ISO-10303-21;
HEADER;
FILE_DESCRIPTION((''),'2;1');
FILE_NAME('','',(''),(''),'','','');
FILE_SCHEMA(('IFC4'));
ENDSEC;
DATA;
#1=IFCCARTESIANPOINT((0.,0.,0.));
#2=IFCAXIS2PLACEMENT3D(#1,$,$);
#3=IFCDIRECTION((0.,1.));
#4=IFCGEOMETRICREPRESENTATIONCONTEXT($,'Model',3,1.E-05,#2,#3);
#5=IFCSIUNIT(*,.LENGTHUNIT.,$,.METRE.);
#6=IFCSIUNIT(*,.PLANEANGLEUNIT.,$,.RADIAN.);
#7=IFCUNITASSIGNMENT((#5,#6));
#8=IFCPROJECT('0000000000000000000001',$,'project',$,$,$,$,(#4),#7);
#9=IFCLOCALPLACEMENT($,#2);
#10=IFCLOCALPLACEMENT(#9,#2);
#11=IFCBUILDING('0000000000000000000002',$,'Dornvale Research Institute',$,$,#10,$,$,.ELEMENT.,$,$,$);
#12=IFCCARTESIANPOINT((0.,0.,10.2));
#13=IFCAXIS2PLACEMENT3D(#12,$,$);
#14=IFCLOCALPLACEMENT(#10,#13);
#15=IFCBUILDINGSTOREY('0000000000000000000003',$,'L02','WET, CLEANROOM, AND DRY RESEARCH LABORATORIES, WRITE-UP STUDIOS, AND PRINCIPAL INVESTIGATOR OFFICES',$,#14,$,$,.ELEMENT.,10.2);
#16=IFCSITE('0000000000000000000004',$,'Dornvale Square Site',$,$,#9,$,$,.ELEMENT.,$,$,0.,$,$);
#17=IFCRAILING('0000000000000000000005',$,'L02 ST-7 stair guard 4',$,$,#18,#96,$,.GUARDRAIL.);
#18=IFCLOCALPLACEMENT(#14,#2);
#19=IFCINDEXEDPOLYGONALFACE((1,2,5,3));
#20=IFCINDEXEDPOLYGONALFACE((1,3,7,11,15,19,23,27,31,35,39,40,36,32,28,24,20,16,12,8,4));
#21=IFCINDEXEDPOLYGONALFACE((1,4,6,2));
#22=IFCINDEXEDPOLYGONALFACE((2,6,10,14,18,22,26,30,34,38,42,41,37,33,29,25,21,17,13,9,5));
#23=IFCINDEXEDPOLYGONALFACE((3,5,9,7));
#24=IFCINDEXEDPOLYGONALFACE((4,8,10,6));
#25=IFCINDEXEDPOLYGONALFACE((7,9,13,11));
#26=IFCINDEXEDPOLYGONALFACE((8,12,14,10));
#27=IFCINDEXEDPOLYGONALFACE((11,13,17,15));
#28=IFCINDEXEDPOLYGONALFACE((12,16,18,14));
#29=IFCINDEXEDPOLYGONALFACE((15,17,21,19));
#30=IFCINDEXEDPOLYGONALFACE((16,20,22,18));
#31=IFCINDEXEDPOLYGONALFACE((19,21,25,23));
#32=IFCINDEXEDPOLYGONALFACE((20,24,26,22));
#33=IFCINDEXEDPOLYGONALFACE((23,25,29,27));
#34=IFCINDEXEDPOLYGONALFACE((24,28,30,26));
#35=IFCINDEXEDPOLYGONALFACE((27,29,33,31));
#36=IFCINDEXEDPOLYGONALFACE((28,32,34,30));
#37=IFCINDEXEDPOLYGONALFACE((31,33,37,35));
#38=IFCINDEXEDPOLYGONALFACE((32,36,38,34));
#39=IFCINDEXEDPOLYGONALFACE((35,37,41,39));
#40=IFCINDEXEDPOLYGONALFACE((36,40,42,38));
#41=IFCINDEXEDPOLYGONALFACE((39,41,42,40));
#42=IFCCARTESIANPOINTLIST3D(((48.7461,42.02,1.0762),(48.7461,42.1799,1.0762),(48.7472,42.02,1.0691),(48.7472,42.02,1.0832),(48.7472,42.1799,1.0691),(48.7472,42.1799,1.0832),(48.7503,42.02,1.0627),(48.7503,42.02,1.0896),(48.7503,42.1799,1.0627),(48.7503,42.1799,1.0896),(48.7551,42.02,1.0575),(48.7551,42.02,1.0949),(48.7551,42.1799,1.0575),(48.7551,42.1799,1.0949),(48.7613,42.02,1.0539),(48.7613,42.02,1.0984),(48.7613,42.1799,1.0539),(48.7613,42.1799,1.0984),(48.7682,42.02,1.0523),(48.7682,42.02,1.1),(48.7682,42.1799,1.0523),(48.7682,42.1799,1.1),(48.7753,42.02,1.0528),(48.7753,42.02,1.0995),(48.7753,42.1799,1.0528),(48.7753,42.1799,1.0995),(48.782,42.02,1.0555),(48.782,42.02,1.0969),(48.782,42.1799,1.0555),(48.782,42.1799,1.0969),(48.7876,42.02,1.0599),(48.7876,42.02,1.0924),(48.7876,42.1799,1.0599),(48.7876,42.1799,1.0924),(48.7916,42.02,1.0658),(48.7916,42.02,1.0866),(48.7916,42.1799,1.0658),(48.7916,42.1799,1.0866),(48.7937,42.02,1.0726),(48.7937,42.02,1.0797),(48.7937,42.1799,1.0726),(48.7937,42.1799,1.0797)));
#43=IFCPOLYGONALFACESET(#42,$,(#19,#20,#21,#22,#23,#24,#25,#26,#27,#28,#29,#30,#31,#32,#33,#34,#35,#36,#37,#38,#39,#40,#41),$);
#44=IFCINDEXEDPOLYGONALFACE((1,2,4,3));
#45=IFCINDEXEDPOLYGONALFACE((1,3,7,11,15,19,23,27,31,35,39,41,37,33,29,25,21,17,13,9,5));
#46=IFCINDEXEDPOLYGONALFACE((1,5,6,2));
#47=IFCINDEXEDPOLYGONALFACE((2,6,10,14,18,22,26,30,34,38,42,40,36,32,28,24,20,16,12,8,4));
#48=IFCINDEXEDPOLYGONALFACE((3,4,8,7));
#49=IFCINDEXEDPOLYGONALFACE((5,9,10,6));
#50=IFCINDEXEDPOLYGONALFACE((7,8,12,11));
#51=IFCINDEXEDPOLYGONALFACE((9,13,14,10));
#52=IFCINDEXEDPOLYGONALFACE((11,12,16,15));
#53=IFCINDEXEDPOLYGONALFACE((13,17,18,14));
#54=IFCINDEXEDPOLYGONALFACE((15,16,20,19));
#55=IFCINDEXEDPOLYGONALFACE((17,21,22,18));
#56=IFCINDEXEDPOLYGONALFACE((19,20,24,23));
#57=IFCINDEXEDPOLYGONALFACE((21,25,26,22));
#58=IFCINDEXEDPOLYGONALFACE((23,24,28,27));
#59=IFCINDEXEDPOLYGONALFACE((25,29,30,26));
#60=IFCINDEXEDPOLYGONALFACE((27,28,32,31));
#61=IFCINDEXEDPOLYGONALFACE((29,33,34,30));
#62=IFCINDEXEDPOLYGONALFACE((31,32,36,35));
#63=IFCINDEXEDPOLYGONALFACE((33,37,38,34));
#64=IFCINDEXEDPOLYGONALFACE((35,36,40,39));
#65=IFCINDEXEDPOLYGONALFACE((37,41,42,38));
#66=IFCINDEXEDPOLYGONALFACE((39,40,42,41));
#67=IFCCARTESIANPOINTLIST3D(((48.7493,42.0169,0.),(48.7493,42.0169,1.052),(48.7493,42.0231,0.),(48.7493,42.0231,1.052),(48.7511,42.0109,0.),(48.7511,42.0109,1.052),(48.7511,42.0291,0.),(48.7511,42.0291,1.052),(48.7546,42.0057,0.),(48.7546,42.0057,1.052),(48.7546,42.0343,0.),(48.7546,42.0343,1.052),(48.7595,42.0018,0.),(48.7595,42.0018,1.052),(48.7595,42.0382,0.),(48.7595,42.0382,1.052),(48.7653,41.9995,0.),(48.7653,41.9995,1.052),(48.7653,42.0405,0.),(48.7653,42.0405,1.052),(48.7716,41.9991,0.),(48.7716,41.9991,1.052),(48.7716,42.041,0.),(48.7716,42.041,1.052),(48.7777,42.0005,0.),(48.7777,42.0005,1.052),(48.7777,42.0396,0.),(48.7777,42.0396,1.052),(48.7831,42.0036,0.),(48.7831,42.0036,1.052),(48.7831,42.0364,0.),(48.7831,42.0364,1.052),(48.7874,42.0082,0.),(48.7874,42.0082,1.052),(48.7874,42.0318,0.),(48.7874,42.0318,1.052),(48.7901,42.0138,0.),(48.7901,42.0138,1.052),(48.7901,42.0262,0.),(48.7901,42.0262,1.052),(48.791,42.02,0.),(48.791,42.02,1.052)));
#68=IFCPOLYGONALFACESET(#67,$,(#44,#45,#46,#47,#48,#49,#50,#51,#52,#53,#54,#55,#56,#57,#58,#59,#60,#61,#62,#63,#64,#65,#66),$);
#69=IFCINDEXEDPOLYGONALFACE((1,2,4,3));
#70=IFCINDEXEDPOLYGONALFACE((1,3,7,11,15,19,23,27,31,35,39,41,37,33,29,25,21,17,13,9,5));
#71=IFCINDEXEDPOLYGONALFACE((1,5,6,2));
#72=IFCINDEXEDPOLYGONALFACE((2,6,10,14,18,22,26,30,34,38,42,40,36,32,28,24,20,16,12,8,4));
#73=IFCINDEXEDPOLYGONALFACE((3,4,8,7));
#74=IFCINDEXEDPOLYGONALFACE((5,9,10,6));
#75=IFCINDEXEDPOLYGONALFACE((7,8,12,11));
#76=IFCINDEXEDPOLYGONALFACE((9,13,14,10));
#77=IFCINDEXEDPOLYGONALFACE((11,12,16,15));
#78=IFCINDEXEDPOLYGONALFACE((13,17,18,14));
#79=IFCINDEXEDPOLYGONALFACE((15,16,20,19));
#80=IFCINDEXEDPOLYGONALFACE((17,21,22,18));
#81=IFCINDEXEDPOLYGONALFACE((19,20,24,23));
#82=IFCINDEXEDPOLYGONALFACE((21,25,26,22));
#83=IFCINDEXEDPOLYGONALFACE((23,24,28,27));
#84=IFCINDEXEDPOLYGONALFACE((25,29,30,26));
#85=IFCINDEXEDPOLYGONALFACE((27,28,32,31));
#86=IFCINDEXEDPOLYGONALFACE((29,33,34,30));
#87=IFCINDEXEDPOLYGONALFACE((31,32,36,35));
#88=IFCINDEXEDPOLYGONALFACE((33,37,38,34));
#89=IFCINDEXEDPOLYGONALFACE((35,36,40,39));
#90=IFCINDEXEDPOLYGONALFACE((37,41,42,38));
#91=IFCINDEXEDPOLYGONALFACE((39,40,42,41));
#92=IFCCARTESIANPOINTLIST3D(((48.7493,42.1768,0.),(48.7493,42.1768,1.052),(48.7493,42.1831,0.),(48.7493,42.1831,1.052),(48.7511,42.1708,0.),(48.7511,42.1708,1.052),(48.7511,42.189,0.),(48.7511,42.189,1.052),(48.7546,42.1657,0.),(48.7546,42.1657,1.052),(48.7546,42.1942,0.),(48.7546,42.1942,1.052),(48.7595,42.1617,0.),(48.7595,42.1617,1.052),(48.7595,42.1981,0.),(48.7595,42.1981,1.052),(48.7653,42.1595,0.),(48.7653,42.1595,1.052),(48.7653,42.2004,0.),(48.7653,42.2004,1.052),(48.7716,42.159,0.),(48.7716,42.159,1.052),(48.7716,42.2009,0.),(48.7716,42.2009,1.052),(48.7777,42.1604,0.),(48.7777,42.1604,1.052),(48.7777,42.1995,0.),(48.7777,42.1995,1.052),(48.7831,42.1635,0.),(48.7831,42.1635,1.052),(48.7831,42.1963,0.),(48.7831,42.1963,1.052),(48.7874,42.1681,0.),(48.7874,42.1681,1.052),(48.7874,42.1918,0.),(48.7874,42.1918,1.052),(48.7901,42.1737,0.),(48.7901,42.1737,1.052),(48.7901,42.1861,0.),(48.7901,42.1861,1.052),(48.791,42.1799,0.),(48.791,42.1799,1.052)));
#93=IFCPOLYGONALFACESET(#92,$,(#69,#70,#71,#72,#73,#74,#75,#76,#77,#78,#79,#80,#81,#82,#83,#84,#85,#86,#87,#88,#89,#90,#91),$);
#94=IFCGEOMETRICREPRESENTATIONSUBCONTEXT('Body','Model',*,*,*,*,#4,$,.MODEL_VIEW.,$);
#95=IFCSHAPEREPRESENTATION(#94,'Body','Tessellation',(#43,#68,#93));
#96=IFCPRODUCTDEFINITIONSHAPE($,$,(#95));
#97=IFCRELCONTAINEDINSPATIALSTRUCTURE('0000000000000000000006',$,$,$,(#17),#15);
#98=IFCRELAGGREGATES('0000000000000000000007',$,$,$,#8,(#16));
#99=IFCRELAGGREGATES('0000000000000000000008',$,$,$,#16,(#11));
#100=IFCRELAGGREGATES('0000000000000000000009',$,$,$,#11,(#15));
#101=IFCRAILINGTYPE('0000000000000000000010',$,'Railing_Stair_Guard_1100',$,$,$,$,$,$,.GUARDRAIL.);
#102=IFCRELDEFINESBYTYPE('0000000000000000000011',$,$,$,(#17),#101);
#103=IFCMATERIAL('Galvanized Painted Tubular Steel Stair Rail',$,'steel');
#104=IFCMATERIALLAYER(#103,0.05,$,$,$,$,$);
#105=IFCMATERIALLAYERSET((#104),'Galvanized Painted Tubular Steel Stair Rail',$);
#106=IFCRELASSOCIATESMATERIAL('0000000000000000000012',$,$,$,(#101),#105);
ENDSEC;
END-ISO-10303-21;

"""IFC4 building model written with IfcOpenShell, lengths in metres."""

from ifc_helpers import new_model, si_unit, direction, frame, origin, origin_2d, place, context, subcontext, project, spatial, circle, extrude, material, layer, layer_set, type_object, element, save


model = new_model("IFC4")

# Units and contexts
model_context = context("Model", 3, precision=1e-05, world=origin(), true_north=direction((0.0, 1.0)))
body_context = subcontext(model_context, "Body", "Model", "MODEL_VIEW")
ifc_project = project(units=[si_unit("LENGTHUNIT", "METRE"), si_unit("PLANEANGLEUNIT", "RADIAN")], contexts=[model_context])

# Site, building, storey
site_placement = place(None, origin())
site = spatial("IfcSite", under=ifc_project, at=site_placement, Name="Dornvale Square Site", CompositionType="ELEMENT", RefElevation=0.0)
building_placement = place(site_placement, origin())
building = spatial("IfcBuilding", under=site, at=building_placement, Name="Dornvale Research Institute", CompositionType="ELEMENT")
storey_placement = place(building_placement, frame((0.0, 0.0, 10.2)))
storey = spatial("IfcBuildingStorey", under=building, at=storey_placement, Name="L02", Description="WET, CLEANROOM, AND DRY RESEARCH LABORATORIES, WRITE-UP STUDIOS, AND PRINCIPAL INVESTIGATOR OFFICES", CompositionType="ELEMENT", Elevation=10.2)

# Railing
ifc_material_1 = material(Name="Galvanized Painted Tubular Steel Stair Rail", Category="steel")
ifc_layer_1 = layer(ifc_material_1, 0.05)
ifc_layer_set_1 = layer_set([ifc_layer_1], Name="Galvanized Painted Tubular Steel Stair Rail")
railing_type_1 = type_object("IfcRailingType", Name="Railing_Stair_Guard_1100", PredefinedType="GUARDRAIL", material=ifc_layer_set_1)
railing_1_placement = place(storey_placement, frame((48.77, 42.02, 0.0)))
element("IfcRailing", 1, at=railing_1_placement, inside=storey, type_object=railing_type_1, Name="L02 ST-7 stair guard 4", PredefinedType="GUARDRAIL", context=body_context, shape_type="SweptSolid", body=[
    extrude(circle(Radius=0.0239, at=origin_2d()), frame((0.0, 0.0, 1.0762), z_axis=(0.0, 1.0, 0.0), x_axis=(-1.0, 0.0, 0.0)), (0.0, 0.0, 1.0), 0.1599),
    extrude(circle(Radius=0.021, at=origin_2d()), origin(), (0.0, 0.0, 1.0), 1.052),
    extrude(circle(Radius=0.021, at=origin_2d()), frame((0.0, 0.1599, 0.0)), (0.0, 0.0, 1.0), 1.052),
])

save(model, "model.ifc")
